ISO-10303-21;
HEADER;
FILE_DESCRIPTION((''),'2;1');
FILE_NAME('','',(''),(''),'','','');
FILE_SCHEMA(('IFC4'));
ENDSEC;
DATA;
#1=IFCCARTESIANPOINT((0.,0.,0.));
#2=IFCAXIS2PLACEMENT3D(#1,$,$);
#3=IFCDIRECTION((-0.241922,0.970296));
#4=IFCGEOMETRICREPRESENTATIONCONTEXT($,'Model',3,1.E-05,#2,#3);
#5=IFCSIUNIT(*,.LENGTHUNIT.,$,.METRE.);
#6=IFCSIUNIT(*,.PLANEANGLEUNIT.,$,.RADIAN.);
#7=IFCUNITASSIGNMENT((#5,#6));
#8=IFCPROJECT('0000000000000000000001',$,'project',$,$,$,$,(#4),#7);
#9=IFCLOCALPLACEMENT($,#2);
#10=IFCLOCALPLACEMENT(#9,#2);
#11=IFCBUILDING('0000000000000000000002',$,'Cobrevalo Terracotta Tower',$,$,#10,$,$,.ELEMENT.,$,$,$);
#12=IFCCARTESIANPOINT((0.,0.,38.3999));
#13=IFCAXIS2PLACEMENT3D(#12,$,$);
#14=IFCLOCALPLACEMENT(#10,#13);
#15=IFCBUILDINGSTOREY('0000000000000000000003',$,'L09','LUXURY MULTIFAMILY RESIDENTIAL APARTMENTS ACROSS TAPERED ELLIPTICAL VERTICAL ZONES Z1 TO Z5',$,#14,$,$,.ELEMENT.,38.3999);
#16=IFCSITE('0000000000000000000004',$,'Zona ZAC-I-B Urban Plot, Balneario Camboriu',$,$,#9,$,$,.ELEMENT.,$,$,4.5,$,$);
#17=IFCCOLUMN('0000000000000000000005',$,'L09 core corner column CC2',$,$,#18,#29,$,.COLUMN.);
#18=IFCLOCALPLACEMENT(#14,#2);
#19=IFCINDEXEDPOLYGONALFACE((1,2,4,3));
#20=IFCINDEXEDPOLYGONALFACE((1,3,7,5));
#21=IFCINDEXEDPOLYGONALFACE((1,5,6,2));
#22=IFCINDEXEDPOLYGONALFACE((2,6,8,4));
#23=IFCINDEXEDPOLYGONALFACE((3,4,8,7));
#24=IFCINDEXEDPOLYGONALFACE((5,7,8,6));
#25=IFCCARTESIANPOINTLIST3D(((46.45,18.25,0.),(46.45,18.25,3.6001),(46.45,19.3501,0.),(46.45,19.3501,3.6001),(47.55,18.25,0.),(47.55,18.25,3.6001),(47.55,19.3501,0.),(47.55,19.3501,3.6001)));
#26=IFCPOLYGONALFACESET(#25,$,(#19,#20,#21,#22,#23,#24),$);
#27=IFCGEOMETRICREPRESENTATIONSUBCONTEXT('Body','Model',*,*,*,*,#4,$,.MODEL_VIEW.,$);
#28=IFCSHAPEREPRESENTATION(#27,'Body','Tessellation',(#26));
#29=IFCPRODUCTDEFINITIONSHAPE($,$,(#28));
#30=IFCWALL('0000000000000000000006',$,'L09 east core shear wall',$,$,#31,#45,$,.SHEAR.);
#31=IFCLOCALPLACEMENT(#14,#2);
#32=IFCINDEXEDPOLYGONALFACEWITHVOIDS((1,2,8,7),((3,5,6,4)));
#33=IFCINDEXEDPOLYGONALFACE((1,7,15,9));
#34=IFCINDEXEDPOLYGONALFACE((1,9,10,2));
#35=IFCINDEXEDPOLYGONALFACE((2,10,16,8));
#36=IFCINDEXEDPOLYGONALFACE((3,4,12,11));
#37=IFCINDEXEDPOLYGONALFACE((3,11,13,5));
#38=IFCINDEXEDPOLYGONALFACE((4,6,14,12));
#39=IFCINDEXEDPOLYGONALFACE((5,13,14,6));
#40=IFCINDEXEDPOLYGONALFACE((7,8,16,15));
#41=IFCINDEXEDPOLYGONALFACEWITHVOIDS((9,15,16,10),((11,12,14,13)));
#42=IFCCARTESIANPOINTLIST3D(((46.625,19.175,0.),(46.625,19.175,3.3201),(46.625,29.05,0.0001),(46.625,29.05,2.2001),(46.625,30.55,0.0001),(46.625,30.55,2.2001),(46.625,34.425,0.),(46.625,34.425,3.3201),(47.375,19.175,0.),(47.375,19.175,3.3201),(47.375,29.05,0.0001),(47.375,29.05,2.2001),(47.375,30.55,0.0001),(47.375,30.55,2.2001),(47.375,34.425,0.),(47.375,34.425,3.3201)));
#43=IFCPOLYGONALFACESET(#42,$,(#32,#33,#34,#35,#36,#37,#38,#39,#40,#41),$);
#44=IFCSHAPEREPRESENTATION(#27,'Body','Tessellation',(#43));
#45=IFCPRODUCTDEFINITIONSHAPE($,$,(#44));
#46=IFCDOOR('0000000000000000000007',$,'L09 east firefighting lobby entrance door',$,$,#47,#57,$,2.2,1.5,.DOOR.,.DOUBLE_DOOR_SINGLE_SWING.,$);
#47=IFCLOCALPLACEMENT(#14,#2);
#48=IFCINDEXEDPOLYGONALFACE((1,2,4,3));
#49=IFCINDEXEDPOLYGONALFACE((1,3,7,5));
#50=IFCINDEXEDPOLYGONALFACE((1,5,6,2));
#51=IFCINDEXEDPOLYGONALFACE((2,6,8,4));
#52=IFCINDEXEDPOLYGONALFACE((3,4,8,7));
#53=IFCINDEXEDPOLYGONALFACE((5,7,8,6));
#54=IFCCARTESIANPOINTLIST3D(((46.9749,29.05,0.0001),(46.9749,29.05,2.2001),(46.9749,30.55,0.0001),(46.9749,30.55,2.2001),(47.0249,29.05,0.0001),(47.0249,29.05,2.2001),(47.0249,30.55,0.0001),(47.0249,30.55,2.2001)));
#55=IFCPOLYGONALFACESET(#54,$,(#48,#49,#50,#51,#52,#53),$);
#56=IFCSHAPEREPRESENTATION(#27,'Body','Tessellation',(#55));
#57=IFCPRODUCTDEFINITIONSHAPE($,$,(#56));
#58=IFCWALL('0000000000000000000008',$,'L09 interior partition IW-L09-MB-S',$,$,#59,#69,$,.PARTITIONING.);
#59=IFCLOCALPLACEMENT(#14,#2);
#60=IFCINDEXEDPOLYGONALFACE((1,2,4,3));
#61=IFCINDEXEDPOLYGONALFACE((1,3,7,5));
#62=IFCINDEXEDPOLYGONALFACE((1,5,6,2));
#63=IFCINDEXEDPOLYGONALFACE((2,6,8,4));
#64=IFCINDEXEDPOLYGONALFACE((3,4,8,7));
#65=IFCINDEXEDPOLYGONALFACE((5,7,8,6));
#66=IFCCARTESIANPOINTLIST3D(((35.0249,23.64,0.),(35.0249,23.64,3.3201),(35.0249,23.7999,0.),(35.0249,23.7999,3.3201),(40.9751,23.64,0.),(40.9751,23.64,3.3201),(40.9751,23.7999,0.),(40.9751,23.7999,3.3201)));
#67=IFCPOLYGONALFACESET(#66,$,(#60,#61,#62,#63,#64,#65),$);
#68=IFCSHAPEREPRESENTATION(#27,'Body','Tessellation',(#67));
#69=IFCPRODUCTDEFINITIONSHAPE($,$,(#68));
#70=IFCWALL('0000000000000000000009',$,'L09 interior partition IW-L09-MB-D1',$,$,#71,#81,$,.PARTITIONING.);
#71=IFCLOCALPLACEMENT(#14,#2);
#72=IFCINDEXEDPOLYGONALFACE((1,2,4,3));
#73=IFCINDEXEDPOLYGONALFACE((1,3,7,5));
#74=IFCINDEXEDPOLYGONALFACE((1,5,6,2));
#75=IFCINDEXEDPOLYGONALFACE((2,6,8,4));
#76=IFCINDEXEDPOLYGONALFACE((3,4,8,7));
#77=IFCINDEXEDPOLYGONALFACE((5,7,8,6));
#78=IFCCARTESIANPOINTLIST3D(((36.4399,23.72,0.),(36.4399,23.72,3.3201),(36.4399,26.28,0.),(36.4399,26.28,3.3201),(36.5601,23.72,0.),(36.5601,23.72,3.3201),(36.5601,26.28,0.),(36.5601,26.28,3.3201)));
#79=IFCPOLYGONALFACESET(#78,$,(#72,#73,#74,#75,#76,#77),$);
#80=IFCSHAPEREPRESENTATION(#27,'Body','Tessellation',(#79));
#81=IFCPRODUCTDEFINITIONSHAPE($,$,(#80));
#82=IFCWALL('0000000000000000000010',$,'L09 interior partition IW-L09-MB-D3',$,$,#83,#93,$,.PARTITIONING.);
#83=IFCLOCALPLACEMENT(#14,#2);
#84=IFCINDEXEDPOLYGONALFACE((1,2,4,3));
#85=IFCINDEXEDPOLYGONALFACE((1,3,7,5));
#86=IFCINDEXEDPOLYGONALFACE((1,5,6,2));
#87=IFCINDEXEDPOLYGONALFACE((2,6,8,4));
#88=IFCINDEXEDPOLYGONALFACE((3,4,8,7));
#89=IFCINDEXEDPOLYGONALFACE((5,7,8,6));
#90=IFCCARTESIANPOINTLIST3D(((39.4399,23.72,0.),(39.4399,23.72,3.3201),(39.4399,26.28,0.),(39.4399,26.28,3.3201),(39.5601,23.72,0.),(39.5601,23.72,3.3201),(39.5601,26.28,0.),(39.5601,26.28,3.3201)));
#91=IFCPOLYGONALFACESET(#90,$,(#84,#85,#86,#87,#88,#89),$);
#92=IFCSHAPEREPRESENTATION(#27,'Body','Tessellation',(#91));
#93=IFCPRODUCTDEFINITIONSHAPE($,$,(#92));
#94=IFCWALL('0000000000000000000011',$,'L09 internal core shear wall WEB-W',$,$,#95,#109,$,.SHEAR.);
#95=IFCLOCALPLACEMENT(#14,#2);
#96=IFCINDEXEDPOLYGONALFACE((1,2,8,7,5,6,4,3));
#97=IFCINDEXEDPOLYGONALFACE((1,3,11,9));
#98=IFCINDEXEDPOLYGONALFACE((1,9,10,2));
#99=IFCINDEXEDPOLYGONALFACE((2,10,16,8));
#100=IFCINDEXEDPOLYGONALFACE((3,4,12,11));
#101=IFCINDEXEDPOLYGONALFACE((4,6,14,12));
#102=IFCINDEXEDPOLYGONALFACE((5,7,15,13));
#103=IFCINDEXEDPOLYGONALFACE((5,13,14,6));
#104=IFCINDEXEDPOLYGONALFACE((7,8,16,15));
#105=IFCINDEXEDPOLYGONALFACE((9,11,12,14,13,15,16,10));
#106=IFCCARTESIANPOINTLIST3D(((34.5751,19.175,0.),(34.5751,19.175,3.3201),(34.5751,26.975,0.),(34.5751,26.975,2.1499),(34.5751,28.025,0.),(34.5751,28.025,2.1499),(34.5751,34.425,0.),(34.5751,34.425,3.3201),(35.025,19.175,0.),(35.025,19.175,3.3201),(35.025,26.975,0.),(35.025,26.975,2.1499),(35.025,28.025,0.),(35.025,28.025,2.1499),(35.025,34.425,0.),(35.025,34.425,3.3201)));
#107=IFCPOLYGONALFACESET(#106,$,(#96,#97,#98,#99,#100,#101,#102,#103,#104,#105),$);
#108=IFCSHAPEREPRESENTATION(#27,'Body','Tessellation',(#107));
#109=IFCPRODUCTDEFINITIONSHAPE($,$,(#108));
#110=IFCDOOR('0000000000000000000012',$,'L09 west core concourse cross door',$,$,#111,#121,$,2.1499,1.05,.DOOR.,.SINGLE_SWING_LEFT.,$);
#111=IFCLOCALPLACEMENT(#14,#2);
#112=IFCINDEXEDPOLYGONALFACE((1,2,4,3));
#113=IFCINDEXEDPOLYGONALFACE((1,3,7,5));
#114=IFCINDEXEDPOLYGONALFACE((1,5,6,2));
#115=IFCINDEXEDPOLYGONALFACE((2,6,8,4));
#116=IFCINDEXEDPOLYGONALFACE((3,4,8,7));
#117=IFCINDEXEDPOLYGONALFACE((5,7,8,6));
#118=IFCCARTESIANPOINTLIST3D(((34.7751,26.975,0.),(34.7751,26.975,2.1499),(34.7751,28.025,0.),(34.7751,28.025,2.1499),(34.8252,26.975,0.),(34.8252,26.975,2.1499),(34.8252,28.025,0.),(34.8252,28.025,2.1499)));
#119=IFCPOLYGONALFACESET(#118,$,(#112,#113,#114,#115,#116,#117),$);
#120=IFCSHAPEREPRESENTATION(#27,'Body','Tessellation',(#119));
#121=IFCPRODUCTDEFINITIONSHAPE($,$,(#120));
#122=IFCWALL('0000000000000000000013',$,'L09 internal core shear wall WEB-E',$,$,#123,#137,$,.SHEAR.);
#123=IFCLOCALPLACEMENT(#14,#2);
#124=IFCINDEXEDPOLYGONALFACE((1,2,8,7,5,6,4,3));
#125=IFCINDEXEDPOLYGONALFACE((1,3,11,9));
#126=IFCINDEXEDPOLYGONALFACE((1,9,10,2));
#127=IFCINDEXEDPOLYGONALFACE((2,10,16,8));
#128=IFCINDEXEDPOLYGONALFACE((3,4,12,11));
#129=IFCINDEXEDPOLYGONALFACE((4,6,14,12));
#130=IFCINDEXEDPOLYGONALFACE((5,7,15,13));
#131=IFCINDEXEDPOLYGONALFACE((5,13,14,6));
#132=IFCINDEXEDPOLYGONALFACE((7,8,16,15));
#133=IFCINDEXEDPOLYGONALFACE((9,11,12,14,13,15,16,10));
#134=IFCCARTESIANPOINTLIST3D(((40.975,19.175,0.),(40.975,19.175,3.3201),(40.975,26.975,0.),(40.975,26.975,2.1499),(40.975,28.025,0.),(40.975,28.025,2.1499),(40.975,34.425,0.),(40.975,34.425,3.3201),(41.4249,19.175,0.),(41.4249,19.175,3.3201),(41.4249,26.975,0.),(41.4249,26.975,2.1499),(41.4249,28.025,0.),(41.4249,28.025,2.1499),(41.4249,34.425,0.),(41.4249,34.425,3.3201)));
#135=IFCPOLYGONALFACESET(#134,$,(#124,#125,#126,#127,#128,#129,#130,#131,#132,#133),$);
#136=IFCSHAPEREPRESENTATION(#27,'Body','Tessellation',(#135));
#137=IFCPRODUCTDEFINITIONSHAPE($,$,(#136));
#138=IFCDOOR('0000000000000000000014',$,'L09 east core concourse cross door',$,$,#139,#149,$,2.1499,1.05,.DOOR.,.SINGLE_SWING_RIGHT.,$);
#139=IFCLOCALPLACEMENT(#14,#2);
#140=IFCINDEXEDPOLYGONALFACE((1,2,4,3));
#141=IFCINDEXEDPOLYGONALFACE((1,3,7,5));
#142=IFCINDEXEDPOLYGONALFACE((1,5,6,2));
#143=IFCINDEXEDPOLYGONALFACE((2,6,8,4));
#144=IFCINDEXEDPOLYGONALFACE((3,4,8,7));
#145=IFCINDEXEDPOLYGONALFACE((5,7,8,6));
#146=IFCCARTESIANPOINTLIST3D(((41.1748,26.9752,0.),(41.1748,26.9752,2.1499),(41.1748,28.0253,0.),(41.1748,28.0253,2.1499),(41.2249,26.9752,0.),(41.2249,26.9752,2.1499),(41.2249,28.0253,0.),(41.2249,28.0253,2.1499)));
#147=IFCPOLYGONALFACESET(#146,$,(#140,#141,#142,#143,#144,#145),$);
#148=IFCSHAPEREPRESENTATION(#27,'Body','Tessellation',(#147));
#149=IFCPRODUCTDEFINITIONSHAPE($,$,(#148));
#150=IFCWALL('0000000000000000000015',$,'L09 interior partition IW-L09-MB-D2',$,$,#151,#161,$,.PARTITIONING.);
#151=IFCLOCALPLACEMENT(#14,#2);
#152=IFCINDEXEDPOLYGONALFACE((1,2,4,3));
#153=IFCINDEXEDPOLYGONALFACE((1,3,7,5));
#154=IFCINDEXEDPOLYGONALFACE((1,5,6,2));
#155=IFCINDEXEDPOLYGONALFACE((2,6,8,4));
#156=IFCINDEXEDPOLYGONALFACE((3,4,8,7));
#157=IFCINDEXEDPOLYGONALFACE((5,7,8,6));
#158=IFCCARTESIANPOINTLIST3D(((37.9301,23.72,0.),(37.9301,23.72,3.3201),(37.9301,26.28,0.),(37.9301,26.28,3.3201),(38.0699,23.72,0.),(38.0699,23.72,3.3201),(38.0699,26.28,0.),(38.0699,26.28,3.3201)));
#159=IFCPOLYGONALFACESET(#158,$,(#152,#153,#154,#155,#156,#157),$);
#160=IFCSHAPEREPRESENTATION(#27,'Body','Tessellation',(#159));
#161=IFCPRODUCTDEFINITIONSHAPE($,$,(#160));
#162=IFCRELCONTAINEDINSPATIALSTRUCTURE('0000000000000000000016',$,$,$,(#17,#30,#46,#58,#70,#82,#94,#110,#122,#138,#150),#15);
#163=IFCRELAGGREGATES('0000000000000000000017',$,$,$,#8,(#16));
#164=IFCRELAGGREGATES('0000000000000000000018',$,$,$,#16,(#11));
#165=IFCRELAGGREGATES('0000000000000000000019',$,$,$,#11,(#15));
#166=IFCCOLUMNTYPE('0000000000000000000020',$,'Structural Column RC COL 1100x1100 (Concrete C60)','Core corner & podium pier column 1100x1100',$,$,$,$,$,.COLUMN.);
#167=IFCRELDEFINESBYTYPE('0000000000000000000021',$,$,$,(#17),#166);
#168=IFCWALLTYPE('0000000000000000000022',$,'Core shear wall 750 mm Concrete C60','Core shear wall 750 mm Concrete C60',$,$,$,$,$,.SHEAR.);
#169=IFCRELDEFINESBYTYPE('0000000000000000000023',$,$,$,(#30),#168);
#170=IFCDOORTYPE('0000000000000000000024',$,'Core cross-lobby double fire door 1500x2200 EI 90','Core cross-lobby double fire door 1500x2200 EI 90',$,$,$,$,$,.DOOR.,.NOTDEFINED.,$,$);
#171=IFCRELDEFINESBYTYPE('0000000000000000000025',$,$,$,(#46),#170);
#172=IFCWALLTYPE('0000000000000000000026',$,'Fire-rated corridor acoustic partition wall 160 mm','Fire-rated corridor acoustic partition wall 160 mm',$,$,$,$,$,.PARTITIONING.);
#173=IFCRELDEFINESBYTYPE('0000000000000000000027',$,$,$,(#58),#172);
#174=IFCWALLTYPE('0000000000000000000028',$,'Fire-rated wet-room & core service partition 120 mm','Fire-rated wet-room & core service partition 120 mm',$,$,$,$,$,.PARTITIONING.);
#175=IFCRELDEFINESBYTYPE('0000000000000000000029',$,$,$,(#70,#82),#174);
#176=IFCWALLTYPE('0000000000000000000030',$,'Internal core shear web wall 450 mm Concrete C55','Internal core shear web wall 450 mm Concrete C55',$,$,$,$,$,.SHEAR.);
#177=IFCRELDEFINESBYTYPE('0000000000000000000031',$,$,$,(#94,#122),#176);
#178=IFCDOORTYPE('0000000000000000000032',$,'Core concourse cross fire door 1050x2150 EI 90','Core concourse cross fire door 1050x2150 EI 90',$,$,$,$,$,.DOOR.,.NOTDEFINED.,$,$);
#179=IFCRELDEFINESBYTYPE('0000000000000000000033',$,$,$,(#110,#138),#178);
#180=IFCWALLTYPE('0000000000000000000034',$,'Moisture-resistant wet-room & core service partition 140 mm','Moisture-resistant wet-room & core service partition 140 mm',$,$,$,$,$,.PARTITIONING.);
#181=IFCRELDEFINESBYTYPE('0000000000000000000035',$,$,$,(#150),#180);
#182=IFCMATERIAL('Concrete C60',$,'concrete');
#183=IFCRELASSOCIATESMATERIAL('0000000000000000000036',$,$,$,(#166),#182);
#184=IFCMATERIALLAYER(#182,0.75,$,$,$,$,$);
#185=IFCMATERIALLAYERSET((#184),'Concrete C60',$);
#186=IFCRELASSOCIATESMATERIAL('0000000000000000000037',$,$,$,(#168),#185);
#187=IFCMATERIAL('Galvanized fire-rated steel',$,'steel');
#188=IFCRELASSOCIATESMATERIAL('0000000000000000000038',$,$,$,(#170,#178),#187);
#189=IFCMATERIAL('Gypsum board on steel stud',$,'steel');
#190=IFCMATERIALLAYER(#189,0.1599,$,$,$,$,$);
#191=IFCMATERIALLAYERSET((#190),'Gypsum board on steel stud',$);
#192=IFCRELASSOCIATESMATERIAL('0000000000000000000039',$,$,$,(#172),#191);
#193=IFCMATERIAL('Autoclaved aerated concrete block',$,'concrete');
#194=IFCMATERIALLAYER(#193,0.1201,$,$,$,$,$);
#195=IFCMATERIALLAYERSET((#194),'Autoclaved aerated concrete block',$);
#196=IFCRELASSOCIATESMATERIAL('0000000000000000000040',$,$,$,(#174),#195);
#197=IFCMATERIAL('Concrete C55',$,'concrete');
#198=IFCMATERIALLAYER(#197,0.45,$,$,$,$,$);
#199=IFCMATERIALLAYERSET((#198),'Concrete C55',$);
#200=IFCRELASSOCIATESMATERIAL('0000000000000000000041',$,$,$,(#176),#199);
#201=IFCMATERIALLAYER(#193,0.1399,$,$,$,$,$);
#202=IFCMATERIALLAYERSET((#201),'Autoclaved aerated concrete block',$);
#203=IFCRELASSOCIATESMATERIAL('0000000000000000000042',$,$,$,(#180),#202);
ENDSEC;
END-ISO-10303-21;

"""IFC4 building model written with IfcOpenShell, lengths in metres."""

from ifc_helpers import new_model, si_unit, direction, frame, frame_2d, origin, origin_2d, place, context, subcontext, project, spatial, rectangle, extrude, source, transform, mapped, material, layer, layer_set, material_profile, profile_set, type_object, element, fill, save


model = new_model("IFC4")

# Units and contexts
model_context = context("Model", 3, precision=1e-05, world=origin(), true_north=direction((-0.241922, 0.970296)))
body_context = subcontext(model_context, "Body", "Model", "MODEL_VIEW")
ifc_project = project(units=[si_unit("LENGTHUNIT", "METRE"), si_unit("PLANEANGLEUNIT", "RADIAN")], contexts=[model_context])

# Site, building, storey
site_placement = place(None, origin())
site = spatial("IfcSite", under=ifc_project, at=site_placement, Name="Zona ZAC-I-B Urban Plot, Balneario Camboriu", CompositionType="ELEMENT", RefElevation=4.5)
building_placement = place(site_placement, origin())
building = spatial("IfcBuilding", under=site, at=building_placement, Name="Cobrevalo Terracotta Tower", CompositionType="ELEMENT")
storey_placement = place(building_placement, frame((0.0, 0.0, 38.3999)))
storey = spatial("IfcBuildingStorey", under=building, at=storey_placement, Name="L09", Description="LUXURY MULTIFAMILY RESIDENTIAL APARTMENTS ACROSS TAPERED ELLIPTICAL VERTICAL ZONES Z1 TO Z5", CompositionType="ELEMENT", Elevation=38.3999)

# Column
ifc_material_1 = material(Name="Concrete C60", Category="concrete")
ifc_material_profile = material_profile(ifc_material_1, rectangle(XDim=1.1001, YDim=1.1001, at=origin_2d()), Name="RC COL 1100x1100")
ifc_profile_set = profile_set([ifc_material_profile], Name="Concrete C60")
column_type = type_object("IfcColumnType", Name="Structural Column RC COL 1100x1100 (Concrete C60)", Description="Core corner & podium pier column 1100x1100", PredefinedType="COLUMN", material=ifc_profile_set)
column_placement = place(storey_placement, frame((47.0, 18.8, 0.0), z_axis=(0.0, 0.0, 1.0), x_axis=(1.0, 0.0, 0.0)))
element("IfcColumn", 1, at=column_placement, inside=storey, type_object=column_type, Name="L09 core corner column CC2", PredefinedType="COLUMN", context=body_context, shape_type="SweptSolid", body=[
    extrude(rectangle(XDim=1.1001, YDim=1.1001, at=origin_2d()), origin(), (0.0, 0.0, 1.0), 3.6001),
])

# Wall, opening, door
ifc_layer_1 = layer(ifc_material_1, 0.75)
ifc_layer_set_1 = layer_set([ifc_layer_1], Name="Concrete C60")
wall_type_1 = type_object("IfcWallType", Name="Core shear wall 750 mm Concrete C60", Description="Core shear wall 750 mm Concrete C60", PredefinedType="SHEAR", material=ifc_layer_set_1)
wall_1_placement = place(storey_placement, frame((47.0, 19.175, 0.0), z_axis=(0.0, 0.0, 1.0), x_axis=(0.0, 1.0, 0.0)))
wall_1 = element("IfcWall", 2, at=wall_1_placement, inside=storey, type_object=wall_type_1, Name="L09 east core shear wall", PredefinedType="SHEAR", context=body_context, shape_type="SweptSolid", body=[
    extrude(rectangle(XDim=15.25, YDim=0.75, at=frame_2d((7.625, 0.0))), origin(), (0.0, 0.0, 1.0), 3.3201),
])
opening_1_placement = place(wall_1_placement, frame((9.875, 0.0, 0.0)))
opening_1 = element("IfcOpeningElement", 3, at=opening_1_placement, cuts=wall_1, PredefinedType="OPENING", context=body_context, shape_type="SweptSolid", body=[
    extrude(rectangle(XDim=1.5, YDim=2.2, at=frame_2d((0.75, 1.1001))), frame((0.0, 0.385, 0.0), z_axis=(0.0, -1.0, 0.0), x_axis=(1.0, 0.0, 0.0)), (0.0, 0.0, 1.0), 0.77),
])
ifc_material_2 = material(Name="Galvanized fire-rated steel", Category="steel")
door_type_1 = type_object("IfcDoorType", Name="Core cross-lobby double fire door 1500x2200 EI 90", Description="Core cross-lobby double fire door 1500x2200 EI 90", OperationType="NOTDEFINED", PredefinedType="DOOR", material=ifc_material_2)
shared_shape_1 = source(origin(), body_context, "Body", "SweptSolid", [
    extrude(rectangle(XDim=1.5, YDim=2.2, at=frame_2d((0.75, 1.1001))), frame((0.0, 0.0249, 0.0), z_axis=(0.0, -1.0, 0.0), x_axis=(1.0, 0.0, 0.0)), (0.0, 0.0, 1.0), 0.05),
])
door_1_placement = place(opening_1_placement, frame((1.5, 0.0, 0.0), z_axis=(0.0, 0.0, 1.0), x_axis=(-1.0, 0.0, 0.0)))
door_1 = element("IfcDoor", 4, at=door_1_placement, inside=storey, type_object=door_type_1, Name="L09 east firefighting lobby entrance door", OperationType="DOUBLE_DOOR_SINGLE_SWING", OverallHeight=2.2, OverallWidth=1.5, PredefinedType="DOOR", context=body_context, shape_type="MappedRepresentation", body=[
    mapped(shared_shape_1, transform((0.0, 0.0, 0.0), scale=1.0)),
])
fill(opening_1, door_1)

# Walls
ifc_material_3 = material(Name="Gypsum board on steel stud", Category="steel")
ifc_layer_2 = layer(ifc_material_3, 0.1599)
ifc_layer_set_2 = layer_set([ifc_layer_2], Name="Gypsum board on steel stud")
wall_type_2 = type_object("IfcWallType", Name="Fire-rated corridor acoustic partition wall 160 mm", Description="Fire-rated corridor acoustic partition wall 160 mm", PredefinedType="PARTITIONING", material=ifc_layer_set_2)
wall_2_placement = place(storey_placement, frame((35.0249, 23.72, 0.0), z_axis=(0.0, 0.0, 1.0), x_axis=(1.0, 0.0, 0.0)))
element("IfcWall", 5, at=wall_2_placement, inside=storey, type_object=wall_type_2, Name="L09 interior partition IW-L09-MB-S", PredefinedType="PARTITIONING", context=body_context, shape_type="SweptSolid", body=[
    extrude(rectangle(XDim=5.9502, YDim=0.1599, at=frame_2d((2.9751, 0.0))), origin(), (0.0, 0.0, 1.0), 3.3201),
])
ifc_material_4 = material(Name="Autoclaved aerated concrete block", Category="concrete")
ifc_layer_3 = layer(ifc_material_4, 0.1201)
ifc_layer_set_3 = layer_set([ifc_layer_3], Name="Autoclaved aerated concrete block")
wall_type_3 = type_object("IfcWallType", Name="Fire-rated wet-room & core service partition 120 mm", Description="Fire-rated wet-room & core service partition 120 mm", PredefinedType="PARTITIONING", material=ifc_layer_set_3)
for number, where, z_axis, x_axis, name in (
    (6, (36.5, 23.72, 0.0), (0.0, 0.0, 1.0), (0.0, 1.0, 0.0), "L09 interior partition IW-L09-MB-D1"),
    (7, (39.5, 23.72, 0.0), (0.0, 0.0, 1.0), (0.0, 1.0, 0.0), "L09 interior partition IW-L09-MB-D3"),
):
    element("IfcWall", number, at=place(storey_placement, frame(where, z_axis=z_axis, x_axis=x_axis)), inside=storey, type_object=wall_type_3, Name=name, PredefinedType="PARTITIONING", context=body_context, shape_type="SweptSolid", body=[
        extrude(rectangle(XDim=2.5601, YDim=0.1201, at=frame_2d((1.28, 0.0))), origin(), (0.0, 0.0, 1.0), 3.3201),
    ])

# Walls, openings, doors
ifc_material_5 = material(Name="Concrete C55", Category="concrete")
ifc_layer_4 = layer(ifc_material_5, 0.45)
ifc_layer_set_4 = layer_set([ifc_layer_4], Name="Concrete C55")
wall_type_4 = type_object("IfcWallType", Name="Internal core shear web wall 450 mm Concrete C55", Description="Internal core shear web wall 450 mm Concrete C55", PredefinedType="SHEAR", material=ifc_layer_set_4)
wall_3_placement = place(storey_placement, frame((34.8, 19.175, 0.0), z_axis=(0.0, 0.0, 1.0), x_axis=(0.0, 1.0, 0.0)))
wall_3 = element("IfcWall", 8, at=wall_3_placement, inside=storey, type_object=wall_type_4, Name="L09 internal core shear wall WEB-W", PredefinedType="SHEAR", context=body_context, shape_type="SweptSolid", body=[
    extrude(rectangle(XDim=15.25, YDim=0.45, at=frame_2d((7.625, 0.0))), origin(), (0.0, 0.0, 1.0), 3.3201),
])
opening_2_placement = place(wall_3_placement, frame((7.8, 0.0, 0.0)))
opening_2 = element("IfcOpeningElement", 9, at=opening_2_placement, cuts=wall_3, PredefinedType="OPENING", context=body_context, shape_type="SweptSolid", body=[
    extrude(rectangle(XDim=1.05, YDim=2.1499, at=frame_2d((0.5249, 1.075))), frame((0.0, 0.2349, 0.0), z_axis=(0.0, -1.0, 0.0), x_axis=(1.0, 0.0, 0.0)), (0.0, 0.0, 1.0), 0.47),
])
door_type_2 = type_object("IfcDoorType", Name="Core concourse cross fire door 1050x2150 EI 90", Description="Core concourse cross fire door 1050x2150 EI 90", OperationType="NOTDEFINED", PredefinedType="DOOR", material=ifc_material_2)
shared_shape_2 = source(origin(), body_context, "Body", "SweptSolid", [
    extrude(rectangle(XDim=1.05, YDim=2.1499, at=frame_2d((0.5249, 1.075))), frame((0.0, 0.0249, 0.0), z_axis=(0.0, -1.0, 0.0), x_axis=(1.0, 0.0, 0.0)), (0.0, 0.0, 1.0), 0.05),
])
door_2_placement = place(opening_2_placement, origin())
door_2 = element("IfcDoor", 10, at=door_2_placement, inside=storey, type_object=door_type_2, Name="L09 west core concourse cross door", OperationType="SINGLE_SWING_LEFT", OverallHeight=2.1499, OverallWidth=1.05, PredefinedType="DOOR", context=body_context, shape_type="MappedRepresentation", body=[
    mapped(shared_shape_2, transform((0.0, 0.0, 0.0), scale=1.0)),
])
fill(opening_2, door_2)
wall_4_placement = place(storey_placement, frame((41.2, 19.175, 0.0), z_axis=(0.0, 0.0, 1.0), x_axis=(0.0, 1.0, 0.0)))
wall_4 = element("IfcWall", 11, at=wall_4_placement, inside=storey, type_object=wall_type_4, Name="L09 internal core shear wall WEB-E", PredefinedType="SHEAR", context=body_context, shape_type="SweptSolid", body=[
    extrude(rectangle(XDim=15.25, YDim=0.45, at=frame_2d((7.625, 0.0))), origin(), (0.0, 0.0, 1.0), 3.3201),
])
opening_3_placement = place(wall_4_placement, frame((7.8, 0.0, 0.0)))
opening_3 = element("IfcOpeningElement", 12, at=opening_3_placement, cuts=wall_4, PredefinedType="OPENING", context=body_context, shape_type="SweptSolid", body=[
    extrude(rectangle(XDim=1.05, YDim=2.1499, at=frame_2d((0.5249, 1.075))), frame((0.0, 0.2349, 0.0), z_axis=(0.0, -1.0, 0.0), x_axis=(1.0, 0.0, 0.0)), (0.0, 0.0, 1.0), 0.47),
])
door_3_placement = place(opening_3_placement, frame((1.05, 0.0, 0.0), z_axis=(0.0, 0.0, 1.0), x_axis=(-1.0, 0.0, 0.0)))
door_3 = element("IfcDoor", 13, at=door_3_placement, inside=storey, type_object=door_type_2, Name="L09 east core concourse cross door", OperationType="SINGLE_SWING_RIGHT", OverallHeight=2.1499, OverallWidth=1.05, PredefinedType="DOOR", context=body_context, shape_type="MappedRepresentation", body=[
    mapped(shared_shape_2, transform((0.0, 0.0, 0.0), scale=1.0)),
])
fill(opening_3, door_3)

# Wall
ifc_layer_5 = layer(ifc_material_4, 0.1399)
ifc_layer_set_5 = layer_set([ifc_layer_5], Name="Autoclaved aerated concrete block")
wall_type_5 = type_object("IfcWallType", Name="Moisture-resistant wet-room & core service partition 140 mm", Description="Moisture-resistant wet-room & core service partition 140 mm", PredefinedType="PARTITIONING", material=ifc_layer_set_5)
wall_5_placement = place(storey_placement, frame((38.0, 23.72, 0.0), z_axis=(0.0, 0.0, 1.0), x_axis=(0.0, 1.0, 0.0)))
element("IfcWall", 14, at=wall_5_placement, inside=storey, type_object=wall_type_5, Name="L09 interior partition IW-L09-MB-D2", PredefinedType="PARTITIONING", context=body_context, shape_type="SweptSolid", body=[
    extrude(rectangle(XDim=2.5601, YDim=0.1399, at=frame_2d((1.28, 0.0))), origin(), (0.0, 0.0, 1.0), 3.3201),
])

save(model, "model.ifc")
